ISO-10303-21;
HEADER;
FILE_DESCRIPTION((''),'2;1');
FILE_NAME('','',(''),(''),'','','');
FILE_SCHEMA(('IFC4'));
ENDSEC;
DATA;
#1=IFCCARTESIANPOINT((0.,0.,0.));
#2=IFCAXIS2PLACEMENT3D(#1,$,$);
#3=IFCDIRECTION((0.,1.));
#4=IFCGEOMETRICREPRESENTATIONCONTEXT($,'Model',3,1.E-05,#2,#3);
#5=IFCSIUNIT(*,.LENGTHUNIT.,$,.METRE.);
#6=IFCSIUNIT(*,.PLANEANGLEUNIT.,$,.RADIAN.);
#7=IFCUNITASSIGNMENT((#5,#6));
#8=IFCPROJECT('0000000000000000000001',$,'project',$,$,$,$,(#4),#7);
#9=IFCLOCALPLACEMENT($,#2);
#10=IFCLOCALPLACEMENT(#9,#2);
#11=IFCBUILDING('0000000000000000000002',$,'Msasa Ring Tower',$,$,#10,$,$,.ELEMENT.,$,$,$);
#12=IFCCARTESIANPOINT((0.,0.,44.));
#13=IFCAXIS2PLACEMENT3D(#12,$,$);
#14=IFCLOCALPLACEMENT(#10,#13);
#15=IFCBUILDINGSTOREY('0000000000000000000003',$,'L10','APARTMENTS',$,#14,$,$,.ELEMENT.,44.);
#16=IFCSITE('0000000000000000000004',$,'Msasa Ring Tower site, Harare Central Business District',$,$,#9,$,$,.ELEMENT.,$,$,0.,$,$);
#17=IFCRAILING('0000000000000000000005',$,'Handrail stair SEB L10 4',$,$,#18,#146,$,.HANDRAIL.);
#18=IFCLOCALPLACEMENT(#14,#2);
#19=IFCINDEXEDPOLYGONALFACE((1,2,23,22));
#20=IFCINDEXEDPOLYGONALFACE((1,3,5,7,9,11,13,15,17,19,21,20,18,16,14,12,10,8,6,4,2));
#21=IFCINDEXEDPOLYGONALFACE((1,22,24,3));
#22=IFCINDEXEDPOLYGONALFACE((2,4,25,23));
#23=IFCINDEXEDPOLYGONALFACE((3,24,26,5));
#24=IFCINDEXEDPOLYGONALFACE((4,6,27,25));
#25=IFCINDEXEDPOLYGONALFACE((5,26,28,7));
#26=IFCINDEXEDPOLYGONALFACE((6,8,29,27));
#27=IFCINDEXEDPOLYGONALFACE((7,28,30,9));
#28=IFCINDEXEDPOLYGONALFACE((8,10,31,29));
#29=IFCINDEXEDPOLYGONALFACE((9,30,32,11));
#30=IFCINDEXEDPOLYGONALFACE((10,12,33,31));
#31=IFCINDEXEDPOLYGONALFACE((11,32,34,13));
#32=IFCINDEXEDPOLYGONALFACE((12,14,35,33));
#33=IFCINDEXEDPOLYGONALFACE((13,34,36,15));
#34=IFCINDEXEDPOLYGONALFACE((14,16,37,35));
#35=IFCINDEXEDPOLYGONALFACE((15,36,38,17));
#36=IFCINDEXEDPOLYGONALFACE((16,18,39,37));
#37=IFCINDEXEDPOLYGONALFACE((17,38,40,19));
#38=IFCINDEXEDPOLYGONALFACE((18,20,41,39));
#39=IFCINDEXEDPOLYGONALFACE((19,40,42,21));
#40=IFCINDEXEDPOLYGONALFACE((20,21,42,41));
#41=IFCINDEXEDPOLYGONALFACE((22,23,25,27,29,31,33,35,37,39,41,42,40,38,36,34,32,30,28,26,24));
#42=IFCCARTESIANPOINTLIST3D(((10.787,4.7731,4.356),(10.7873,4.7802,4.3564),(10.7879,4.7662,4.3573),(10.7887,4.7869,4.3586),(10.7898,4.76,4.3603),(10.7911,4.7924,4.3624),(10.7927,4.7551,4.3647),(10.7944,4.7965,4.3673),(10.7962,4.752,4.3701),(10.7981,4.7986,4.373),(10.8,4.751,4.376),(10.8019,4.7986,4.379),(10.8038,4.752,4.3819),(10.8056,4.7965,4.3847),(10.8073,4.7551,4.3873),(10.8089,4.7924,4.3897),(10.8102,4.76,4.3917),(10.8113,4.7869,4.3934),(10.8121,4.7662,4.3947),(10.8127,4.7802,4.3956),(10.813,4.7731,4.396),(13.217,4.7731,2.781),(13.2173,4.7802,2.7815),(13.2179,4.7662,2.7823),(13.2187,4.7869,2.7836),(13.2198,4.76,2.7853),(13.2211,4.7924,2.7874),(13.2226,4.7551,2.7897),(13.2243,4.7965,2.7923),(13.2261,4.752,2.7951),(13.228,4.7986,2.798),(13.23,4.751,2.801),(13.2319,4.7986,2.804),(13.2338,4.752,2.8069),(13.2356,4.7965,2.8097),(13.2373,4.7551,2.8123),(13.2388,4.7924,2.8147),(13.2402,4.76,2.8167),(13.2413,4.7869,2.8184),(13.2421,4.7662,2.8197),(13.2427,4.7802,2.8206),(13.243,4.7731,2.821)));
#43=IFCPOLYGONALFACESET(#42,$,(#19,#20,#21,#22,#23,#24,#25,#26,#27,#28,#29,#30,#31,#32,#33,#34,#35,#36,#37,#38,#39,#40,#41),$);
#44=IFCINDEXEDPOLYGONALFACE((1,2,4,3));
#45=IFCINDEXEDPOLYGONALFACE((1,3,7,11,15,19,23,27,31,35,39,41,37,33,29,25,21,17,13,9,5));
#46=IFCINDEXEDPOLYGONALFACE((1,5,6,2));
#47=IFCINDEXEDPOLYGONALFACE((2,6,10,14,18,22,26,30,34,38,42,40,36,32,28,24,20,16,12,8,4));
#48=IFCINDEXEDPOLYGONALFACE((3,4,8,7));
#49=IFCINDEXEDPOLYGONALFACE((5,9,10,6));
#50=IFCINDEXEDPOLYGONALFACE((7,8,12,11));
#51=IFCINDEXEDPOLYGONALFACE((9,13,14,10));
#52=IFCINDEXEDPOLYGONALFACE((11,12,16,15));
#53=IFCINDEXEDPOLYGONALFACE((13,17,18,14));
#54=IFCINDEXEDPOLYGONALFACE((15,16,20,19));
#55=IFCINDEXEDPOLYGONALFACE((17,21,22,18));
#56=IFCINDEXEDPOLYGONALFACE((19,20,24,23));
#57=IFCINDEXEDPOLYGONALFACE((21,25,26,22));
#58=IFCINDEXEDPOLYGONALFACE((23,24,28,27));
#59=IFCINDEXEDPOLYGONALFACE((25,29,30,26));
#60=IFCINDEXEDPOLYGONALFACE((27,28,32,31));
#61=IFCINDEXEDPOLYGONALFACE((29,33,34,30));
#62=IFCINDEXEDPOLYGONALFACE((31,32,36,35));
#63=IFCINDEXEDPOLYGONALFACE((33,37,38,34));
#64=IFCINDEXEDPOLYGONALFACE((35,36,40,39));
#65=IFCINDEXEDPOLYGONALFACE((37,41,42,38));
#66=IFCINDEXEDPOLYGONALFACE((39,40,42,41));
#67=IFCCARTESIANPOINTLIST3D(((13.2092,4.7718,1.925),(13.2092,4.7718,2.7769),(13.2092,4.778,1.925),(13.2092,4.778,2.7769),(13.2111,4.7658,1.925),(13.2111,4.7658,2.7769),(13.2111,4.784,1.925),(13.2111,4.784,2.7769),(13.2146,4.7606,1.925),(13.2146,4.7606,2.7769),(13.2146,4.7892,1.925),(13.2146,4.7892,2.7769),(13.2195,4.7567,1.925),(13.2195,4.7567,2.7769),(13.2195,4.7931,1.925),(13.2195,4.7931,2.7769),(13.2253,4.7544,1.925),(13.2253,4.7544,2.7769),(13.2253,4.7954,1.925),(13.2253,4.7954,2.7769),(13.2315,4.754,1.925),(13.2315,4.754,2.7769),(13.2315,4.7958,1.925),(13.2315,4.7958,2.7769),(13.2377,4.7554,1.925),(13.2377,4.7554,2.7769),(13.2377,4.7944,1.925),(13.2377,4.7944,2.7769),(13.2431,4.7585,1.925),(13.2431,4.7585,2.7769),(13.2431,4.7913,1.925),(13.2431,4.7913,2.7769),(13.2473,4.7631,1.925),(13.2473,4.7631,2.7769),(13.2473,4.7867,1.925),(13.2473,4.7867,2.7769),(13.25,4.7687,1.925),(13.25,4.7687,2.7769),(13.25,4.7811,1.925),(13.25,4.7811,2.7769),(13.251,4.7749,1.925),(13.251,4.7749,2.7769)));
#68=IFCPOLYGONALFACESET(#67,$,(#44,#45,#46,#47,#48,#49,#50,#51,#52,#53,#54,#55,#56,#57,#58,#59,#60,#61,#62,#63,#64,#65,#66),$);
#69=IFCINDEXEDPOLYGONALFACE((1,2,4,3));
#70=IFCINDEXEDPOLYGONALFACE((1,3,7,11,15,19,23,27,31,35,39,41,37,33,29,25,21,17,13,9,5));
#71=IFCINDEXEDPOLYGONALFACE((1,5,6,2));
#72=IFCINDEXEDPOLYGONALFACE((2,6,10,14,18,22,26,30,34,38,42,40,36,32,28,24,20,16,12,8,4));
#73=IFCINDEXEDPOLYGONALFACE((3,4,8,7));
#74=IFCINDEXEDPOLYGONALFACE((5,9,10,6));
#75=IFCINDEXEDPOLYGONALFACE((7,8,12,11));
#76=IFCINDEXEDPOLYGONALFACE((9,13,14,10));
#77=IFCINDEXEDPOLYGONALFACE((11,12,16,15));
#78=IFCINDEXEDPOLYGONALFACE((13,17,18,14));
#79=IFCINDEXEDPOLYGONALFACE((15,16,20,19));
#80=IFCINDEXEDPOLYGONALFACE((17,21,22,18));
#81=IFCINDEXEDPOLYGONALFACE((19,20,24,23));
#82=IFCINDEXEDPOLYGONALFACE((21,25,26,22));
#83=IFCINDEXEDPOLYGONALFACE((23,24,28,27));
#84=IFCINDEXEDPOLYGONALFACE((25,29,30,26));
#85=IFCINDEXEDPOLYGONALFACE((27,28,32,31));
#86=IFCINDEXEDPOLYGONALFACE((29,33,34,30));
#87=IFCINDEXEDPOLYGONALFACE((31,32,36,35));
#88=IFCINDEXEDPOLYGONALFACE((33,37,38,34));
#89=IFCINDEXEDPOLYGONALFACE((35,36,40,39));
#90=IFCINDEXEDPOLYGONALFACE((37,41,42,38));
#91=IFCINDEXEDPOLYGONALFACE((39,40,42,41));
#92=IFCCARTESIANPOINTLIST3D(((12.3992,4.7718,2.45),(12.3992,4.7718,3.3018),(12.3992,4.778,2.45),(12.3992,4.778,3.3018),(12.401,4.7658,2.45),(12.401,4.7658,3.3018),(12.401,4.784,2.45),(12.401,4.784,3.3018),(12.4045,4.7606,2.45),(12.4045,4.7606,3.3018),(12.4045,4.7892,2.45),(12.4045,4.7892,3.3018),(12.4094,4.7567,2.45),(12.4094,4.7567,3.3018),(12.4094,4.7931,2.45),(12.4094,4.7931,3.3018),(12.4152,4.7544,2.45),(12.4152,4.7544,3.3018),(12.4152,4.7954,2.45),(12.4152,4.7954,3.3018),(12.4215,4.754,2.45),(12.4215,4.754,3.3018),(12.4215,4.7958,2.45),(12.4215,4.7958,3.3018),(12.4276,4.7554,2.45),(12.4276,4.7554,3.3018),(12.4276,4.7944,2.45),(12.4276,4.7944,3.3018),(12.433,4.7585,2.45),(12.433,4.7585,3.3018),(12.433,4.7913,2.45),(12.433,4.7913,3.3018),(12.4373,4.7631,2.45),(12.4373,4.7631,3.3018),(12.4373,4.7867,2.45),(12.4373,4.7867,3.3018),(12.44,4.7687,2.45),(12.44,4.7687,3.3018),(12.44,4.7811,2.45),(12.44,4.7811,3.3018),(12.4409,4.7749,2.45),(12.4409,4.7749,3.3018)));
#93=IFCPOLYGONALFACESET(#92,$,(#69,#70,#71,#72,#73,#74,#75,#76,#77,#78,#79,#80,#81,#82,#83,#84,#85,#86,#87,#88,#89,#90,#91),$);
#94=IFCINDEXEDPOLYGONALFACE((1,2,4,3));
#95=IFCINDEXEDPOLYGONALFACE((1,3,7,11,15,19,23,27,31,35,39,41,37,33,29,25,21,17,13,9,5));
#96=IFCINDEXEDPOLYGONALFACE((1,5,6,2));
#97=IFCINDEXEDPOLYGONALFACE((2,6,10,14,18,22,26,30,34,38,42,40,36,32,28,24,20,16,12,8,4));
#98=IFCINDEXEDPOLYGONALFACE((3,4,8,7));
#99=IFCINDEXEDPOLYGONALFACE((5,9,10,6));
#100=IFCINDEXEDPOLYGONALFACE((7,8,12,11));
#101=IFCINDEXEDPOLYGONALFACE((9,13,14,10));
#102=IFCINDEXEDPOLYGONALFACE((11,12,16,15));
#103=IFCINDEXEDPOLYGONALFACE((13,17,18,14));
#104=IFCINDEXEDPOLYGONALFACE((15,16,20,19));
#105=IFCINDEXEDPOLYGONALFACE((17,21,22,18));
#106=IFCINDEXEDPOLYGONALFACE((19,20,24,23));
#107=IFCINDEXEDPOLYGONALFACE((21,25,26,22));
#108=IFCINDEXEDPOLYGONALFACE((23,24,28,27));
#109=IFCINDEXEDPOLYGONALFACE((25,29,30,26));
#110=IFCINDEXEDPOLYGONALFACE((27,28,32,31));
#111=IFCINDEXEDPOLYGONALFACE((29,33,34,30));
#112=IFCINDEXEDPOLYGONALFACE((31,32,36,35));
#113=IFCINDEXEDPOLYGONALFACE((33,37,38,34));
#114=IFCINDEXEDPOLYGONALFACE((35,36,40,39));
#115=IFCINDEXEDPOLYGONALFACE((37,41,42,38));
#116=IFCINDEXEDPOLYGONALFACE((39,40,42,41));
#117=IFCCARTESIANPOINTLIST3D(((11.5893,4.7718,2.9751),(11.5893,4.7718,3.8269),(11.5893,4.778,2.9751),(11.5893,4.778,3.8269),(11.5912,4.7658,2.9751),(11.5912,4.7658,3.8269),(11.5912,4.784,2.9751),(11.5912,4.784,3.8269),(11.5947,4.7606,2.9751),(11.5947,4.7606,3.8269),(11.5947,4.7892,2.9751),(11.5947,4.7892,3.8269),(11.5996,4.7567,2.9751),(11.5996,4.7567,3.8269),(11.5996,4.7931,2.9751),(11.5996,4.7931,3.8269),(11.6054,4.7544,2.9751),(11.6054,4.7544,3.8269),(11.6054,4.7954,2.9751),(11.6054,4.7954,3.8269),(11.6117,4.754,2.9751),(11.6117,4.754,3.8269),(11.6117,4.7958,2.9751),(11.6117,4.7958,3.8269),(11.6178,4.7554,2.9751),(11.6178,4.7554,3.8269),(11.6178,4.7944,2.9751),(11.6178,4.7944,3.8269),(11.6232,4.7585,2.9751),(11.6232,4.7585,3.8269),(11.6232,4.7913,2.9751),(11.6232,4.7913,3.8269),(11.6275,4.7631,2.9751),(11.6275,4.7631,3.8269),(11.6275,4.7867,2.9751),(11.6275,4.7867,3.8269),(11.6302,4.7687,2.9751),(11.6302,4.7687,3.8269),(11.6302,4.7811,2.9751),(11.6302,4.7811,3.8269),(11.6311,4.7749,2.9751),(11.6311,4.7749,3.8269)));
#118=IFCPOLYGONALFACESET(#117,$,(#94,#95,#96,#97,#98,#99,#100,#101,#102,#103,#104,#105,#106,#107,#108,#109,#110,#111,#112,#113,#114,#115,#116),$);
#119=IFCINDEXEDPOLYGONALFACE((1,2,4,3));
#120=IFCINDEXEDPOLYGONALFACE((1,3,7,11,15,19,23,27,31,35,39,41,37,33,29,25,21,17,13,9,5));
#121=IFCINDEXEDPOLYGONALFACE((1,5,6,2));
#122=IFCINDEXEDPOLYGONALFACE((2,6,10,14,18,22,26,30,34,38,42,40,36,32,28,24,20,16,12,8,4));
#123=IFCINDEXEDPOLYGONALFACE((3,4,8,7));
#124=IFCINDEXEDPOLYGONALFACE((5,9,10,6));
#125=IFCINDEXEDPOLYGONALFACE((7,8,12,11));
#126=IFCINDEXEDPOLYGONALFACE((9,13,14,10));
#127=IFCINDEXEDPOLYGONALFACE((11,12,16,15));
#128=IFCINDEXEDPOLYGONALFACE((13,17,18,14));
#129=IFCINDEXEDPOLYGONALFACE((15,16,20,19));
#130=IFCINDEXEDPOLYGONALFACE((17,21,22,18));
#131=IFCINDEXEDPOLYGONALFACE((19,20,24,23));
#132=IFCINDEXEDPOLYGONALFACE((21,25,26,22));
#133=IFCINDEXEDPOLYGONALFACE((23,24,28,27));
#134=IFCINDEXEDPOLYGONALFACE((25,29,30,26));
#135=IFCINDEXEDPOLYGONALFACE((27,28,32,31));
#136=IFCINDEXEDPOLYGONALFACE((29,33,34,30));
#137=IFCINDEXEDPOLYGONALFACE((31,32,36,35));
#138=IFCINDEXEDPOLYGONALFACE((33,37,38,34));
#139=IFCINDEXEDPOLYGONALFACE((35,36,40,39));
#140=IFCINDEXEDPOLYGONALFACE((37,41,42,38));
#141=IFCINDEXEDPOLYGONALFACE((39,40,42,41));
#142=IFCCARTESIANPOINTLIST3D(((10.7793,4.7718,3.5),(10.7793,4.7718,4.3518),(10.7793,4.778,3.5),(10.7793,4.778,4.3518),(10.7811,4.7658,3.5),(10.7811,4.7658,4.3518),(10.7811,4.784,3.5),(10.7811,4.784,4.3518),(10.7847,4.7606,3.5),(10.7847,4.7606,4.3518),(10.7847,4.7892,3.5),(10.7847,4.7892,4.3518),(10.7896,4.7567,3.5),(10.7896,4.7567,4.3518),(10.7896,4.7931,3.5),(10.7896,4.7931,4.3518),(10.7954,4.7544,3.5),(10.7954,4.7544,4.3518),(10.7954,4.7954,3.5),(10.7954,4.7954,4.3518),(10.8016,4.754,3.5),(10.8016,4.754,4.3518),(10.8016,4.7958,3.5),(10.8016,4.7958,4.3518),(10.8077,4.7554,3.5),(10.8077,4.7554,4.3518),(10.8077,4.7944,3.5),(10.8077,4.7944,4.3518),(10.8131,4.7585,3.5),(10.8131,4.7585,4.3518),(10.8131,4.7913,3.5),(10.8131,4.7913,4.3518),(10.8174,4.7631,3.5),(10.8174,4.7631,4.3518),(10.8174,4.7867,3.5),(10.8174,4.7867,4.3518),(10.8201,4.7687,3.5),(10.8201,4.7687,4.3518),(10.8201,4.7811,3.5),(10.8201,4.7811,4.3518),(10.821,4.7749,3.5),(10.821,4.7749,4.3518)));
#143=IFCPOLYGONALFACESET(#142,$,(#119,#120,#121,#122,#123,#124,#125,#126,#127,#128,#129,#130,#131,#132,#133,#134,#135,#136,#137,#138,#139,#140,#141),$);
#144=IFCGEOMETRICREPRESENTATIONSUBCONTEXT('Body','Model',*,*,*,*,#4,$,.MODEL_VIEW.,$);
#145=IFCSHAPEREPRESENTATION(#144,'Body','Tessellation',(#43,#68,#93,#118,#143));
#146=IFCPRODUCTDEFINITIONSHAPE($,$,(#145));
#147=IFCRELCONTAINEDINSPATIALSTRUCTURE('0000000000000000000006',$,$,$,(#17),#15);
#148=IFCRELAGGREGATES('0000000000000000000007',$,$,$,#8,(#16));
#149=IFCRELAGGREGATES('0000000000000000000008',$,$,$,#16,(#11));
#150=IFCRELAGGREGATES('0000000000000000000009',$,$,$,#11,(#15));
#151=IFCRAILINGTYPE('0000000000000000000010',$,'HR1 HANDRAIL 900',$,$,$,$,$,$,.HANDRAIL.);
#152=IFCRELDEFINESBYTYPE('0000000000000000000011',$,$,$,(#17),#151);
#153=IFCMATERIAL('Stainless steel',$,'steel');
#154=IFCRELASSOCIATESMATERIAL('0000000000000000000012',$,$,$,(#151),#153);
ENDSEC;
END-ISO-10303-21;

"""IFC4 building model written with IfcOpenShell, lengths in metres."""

from ifc_helpers import new_model, si_unit, direction, frame, origin, origin_2d, place, context, subcontext, project, spatial, circle, extrude, material, type_object, element, save


model = new_model("IFC4")

# Units and contexts
model_context = context("Model", 3, precision=1e-05, world=origin(), true_north=direction((0.0, 1.0)))
body_context = subcontext(model_context, "Body", "Model", "MODEL_VIEW")
ifc_project = project(units=[si_unit("LENGTHUNIT", "METRE"), si_unit("PLANEANGLEUNIT", "RADIAN")], contexts=[model_context])

# Site, building, storey
site_placement = place(None, origin())
site = spatial("IfcSite", under=ifc_project, at=site_placement, Name="Msasa Ring Tower site, Harare Central Business District", CompositionType="ELEMENT", RefElevation=0.0)
building_placement = place(site_placement, origin())
building = spatial("IfcBuilding", under=site, at=building_placement, Name="Msasa Ring Tower", CompositionType="ELEMENT")
storey_placement = place(building_placement, frame((0.0, 0.0, 44.0)))
storey = spatial("IfcBuildingStorey", under=building, at=storey_placement, Name="L10", Description="APARTMENTS", CompositionType="ELEMENT", Elevation=44.0)

# Railing
ifc_material_1 = material(Name="Stainless steel", Category="steel")
railing_type = type_object("IfcRailingType", Name="HR1 HANDRAIL 900", PredefinedType="HANDRAIL", material=ifc_material_1)
for number, where, name in (
    (1, (13.23, 4.7749, 1.925), "Handrail stair SEB L10 4"),
):
    element("IfcRailing", number, at=place(storey_placement, frame(where)), inside=storey, type_object=railing_type, Name=name, PredefinedType="HANDRAIL", context=body_context, shape_type="SweptSolid", body=[
        extrude(circle(Radius=0.0239, at=origin_2d()), frame((0.0, 0.0, 0.876), z_axis=(-0.839154, 0.0, 0.543894), x_axis=(0.0, -1.0, 0.0)), (0.0, 0.0, 1.0), 2.8958),
        extrude(circle(Radius=0.021, at=origin_2d()), origin(), (0.0, 0.0, 1.0), 0.8518),
        extrude(circle(Radius=0.021, at=origin_2d()), frame((-0.8101, 0.0, 0.5249)), (0.0, 0.0, 1.0), 0.8518),
        extrude(circle(Radius=0.021, at=origin_2d()), frame((-1.6199, 0.0, 1.05)), (0.0, 0.0, 1.0), 0.8518),
        extrude(circle(Radius=0.021, at=origin_2d()), frame((-2.4299, 0.0, 1.575)), (0.0, 0.0, 1.0), 0.8518),
    ])

save(model, "model.ifc")
